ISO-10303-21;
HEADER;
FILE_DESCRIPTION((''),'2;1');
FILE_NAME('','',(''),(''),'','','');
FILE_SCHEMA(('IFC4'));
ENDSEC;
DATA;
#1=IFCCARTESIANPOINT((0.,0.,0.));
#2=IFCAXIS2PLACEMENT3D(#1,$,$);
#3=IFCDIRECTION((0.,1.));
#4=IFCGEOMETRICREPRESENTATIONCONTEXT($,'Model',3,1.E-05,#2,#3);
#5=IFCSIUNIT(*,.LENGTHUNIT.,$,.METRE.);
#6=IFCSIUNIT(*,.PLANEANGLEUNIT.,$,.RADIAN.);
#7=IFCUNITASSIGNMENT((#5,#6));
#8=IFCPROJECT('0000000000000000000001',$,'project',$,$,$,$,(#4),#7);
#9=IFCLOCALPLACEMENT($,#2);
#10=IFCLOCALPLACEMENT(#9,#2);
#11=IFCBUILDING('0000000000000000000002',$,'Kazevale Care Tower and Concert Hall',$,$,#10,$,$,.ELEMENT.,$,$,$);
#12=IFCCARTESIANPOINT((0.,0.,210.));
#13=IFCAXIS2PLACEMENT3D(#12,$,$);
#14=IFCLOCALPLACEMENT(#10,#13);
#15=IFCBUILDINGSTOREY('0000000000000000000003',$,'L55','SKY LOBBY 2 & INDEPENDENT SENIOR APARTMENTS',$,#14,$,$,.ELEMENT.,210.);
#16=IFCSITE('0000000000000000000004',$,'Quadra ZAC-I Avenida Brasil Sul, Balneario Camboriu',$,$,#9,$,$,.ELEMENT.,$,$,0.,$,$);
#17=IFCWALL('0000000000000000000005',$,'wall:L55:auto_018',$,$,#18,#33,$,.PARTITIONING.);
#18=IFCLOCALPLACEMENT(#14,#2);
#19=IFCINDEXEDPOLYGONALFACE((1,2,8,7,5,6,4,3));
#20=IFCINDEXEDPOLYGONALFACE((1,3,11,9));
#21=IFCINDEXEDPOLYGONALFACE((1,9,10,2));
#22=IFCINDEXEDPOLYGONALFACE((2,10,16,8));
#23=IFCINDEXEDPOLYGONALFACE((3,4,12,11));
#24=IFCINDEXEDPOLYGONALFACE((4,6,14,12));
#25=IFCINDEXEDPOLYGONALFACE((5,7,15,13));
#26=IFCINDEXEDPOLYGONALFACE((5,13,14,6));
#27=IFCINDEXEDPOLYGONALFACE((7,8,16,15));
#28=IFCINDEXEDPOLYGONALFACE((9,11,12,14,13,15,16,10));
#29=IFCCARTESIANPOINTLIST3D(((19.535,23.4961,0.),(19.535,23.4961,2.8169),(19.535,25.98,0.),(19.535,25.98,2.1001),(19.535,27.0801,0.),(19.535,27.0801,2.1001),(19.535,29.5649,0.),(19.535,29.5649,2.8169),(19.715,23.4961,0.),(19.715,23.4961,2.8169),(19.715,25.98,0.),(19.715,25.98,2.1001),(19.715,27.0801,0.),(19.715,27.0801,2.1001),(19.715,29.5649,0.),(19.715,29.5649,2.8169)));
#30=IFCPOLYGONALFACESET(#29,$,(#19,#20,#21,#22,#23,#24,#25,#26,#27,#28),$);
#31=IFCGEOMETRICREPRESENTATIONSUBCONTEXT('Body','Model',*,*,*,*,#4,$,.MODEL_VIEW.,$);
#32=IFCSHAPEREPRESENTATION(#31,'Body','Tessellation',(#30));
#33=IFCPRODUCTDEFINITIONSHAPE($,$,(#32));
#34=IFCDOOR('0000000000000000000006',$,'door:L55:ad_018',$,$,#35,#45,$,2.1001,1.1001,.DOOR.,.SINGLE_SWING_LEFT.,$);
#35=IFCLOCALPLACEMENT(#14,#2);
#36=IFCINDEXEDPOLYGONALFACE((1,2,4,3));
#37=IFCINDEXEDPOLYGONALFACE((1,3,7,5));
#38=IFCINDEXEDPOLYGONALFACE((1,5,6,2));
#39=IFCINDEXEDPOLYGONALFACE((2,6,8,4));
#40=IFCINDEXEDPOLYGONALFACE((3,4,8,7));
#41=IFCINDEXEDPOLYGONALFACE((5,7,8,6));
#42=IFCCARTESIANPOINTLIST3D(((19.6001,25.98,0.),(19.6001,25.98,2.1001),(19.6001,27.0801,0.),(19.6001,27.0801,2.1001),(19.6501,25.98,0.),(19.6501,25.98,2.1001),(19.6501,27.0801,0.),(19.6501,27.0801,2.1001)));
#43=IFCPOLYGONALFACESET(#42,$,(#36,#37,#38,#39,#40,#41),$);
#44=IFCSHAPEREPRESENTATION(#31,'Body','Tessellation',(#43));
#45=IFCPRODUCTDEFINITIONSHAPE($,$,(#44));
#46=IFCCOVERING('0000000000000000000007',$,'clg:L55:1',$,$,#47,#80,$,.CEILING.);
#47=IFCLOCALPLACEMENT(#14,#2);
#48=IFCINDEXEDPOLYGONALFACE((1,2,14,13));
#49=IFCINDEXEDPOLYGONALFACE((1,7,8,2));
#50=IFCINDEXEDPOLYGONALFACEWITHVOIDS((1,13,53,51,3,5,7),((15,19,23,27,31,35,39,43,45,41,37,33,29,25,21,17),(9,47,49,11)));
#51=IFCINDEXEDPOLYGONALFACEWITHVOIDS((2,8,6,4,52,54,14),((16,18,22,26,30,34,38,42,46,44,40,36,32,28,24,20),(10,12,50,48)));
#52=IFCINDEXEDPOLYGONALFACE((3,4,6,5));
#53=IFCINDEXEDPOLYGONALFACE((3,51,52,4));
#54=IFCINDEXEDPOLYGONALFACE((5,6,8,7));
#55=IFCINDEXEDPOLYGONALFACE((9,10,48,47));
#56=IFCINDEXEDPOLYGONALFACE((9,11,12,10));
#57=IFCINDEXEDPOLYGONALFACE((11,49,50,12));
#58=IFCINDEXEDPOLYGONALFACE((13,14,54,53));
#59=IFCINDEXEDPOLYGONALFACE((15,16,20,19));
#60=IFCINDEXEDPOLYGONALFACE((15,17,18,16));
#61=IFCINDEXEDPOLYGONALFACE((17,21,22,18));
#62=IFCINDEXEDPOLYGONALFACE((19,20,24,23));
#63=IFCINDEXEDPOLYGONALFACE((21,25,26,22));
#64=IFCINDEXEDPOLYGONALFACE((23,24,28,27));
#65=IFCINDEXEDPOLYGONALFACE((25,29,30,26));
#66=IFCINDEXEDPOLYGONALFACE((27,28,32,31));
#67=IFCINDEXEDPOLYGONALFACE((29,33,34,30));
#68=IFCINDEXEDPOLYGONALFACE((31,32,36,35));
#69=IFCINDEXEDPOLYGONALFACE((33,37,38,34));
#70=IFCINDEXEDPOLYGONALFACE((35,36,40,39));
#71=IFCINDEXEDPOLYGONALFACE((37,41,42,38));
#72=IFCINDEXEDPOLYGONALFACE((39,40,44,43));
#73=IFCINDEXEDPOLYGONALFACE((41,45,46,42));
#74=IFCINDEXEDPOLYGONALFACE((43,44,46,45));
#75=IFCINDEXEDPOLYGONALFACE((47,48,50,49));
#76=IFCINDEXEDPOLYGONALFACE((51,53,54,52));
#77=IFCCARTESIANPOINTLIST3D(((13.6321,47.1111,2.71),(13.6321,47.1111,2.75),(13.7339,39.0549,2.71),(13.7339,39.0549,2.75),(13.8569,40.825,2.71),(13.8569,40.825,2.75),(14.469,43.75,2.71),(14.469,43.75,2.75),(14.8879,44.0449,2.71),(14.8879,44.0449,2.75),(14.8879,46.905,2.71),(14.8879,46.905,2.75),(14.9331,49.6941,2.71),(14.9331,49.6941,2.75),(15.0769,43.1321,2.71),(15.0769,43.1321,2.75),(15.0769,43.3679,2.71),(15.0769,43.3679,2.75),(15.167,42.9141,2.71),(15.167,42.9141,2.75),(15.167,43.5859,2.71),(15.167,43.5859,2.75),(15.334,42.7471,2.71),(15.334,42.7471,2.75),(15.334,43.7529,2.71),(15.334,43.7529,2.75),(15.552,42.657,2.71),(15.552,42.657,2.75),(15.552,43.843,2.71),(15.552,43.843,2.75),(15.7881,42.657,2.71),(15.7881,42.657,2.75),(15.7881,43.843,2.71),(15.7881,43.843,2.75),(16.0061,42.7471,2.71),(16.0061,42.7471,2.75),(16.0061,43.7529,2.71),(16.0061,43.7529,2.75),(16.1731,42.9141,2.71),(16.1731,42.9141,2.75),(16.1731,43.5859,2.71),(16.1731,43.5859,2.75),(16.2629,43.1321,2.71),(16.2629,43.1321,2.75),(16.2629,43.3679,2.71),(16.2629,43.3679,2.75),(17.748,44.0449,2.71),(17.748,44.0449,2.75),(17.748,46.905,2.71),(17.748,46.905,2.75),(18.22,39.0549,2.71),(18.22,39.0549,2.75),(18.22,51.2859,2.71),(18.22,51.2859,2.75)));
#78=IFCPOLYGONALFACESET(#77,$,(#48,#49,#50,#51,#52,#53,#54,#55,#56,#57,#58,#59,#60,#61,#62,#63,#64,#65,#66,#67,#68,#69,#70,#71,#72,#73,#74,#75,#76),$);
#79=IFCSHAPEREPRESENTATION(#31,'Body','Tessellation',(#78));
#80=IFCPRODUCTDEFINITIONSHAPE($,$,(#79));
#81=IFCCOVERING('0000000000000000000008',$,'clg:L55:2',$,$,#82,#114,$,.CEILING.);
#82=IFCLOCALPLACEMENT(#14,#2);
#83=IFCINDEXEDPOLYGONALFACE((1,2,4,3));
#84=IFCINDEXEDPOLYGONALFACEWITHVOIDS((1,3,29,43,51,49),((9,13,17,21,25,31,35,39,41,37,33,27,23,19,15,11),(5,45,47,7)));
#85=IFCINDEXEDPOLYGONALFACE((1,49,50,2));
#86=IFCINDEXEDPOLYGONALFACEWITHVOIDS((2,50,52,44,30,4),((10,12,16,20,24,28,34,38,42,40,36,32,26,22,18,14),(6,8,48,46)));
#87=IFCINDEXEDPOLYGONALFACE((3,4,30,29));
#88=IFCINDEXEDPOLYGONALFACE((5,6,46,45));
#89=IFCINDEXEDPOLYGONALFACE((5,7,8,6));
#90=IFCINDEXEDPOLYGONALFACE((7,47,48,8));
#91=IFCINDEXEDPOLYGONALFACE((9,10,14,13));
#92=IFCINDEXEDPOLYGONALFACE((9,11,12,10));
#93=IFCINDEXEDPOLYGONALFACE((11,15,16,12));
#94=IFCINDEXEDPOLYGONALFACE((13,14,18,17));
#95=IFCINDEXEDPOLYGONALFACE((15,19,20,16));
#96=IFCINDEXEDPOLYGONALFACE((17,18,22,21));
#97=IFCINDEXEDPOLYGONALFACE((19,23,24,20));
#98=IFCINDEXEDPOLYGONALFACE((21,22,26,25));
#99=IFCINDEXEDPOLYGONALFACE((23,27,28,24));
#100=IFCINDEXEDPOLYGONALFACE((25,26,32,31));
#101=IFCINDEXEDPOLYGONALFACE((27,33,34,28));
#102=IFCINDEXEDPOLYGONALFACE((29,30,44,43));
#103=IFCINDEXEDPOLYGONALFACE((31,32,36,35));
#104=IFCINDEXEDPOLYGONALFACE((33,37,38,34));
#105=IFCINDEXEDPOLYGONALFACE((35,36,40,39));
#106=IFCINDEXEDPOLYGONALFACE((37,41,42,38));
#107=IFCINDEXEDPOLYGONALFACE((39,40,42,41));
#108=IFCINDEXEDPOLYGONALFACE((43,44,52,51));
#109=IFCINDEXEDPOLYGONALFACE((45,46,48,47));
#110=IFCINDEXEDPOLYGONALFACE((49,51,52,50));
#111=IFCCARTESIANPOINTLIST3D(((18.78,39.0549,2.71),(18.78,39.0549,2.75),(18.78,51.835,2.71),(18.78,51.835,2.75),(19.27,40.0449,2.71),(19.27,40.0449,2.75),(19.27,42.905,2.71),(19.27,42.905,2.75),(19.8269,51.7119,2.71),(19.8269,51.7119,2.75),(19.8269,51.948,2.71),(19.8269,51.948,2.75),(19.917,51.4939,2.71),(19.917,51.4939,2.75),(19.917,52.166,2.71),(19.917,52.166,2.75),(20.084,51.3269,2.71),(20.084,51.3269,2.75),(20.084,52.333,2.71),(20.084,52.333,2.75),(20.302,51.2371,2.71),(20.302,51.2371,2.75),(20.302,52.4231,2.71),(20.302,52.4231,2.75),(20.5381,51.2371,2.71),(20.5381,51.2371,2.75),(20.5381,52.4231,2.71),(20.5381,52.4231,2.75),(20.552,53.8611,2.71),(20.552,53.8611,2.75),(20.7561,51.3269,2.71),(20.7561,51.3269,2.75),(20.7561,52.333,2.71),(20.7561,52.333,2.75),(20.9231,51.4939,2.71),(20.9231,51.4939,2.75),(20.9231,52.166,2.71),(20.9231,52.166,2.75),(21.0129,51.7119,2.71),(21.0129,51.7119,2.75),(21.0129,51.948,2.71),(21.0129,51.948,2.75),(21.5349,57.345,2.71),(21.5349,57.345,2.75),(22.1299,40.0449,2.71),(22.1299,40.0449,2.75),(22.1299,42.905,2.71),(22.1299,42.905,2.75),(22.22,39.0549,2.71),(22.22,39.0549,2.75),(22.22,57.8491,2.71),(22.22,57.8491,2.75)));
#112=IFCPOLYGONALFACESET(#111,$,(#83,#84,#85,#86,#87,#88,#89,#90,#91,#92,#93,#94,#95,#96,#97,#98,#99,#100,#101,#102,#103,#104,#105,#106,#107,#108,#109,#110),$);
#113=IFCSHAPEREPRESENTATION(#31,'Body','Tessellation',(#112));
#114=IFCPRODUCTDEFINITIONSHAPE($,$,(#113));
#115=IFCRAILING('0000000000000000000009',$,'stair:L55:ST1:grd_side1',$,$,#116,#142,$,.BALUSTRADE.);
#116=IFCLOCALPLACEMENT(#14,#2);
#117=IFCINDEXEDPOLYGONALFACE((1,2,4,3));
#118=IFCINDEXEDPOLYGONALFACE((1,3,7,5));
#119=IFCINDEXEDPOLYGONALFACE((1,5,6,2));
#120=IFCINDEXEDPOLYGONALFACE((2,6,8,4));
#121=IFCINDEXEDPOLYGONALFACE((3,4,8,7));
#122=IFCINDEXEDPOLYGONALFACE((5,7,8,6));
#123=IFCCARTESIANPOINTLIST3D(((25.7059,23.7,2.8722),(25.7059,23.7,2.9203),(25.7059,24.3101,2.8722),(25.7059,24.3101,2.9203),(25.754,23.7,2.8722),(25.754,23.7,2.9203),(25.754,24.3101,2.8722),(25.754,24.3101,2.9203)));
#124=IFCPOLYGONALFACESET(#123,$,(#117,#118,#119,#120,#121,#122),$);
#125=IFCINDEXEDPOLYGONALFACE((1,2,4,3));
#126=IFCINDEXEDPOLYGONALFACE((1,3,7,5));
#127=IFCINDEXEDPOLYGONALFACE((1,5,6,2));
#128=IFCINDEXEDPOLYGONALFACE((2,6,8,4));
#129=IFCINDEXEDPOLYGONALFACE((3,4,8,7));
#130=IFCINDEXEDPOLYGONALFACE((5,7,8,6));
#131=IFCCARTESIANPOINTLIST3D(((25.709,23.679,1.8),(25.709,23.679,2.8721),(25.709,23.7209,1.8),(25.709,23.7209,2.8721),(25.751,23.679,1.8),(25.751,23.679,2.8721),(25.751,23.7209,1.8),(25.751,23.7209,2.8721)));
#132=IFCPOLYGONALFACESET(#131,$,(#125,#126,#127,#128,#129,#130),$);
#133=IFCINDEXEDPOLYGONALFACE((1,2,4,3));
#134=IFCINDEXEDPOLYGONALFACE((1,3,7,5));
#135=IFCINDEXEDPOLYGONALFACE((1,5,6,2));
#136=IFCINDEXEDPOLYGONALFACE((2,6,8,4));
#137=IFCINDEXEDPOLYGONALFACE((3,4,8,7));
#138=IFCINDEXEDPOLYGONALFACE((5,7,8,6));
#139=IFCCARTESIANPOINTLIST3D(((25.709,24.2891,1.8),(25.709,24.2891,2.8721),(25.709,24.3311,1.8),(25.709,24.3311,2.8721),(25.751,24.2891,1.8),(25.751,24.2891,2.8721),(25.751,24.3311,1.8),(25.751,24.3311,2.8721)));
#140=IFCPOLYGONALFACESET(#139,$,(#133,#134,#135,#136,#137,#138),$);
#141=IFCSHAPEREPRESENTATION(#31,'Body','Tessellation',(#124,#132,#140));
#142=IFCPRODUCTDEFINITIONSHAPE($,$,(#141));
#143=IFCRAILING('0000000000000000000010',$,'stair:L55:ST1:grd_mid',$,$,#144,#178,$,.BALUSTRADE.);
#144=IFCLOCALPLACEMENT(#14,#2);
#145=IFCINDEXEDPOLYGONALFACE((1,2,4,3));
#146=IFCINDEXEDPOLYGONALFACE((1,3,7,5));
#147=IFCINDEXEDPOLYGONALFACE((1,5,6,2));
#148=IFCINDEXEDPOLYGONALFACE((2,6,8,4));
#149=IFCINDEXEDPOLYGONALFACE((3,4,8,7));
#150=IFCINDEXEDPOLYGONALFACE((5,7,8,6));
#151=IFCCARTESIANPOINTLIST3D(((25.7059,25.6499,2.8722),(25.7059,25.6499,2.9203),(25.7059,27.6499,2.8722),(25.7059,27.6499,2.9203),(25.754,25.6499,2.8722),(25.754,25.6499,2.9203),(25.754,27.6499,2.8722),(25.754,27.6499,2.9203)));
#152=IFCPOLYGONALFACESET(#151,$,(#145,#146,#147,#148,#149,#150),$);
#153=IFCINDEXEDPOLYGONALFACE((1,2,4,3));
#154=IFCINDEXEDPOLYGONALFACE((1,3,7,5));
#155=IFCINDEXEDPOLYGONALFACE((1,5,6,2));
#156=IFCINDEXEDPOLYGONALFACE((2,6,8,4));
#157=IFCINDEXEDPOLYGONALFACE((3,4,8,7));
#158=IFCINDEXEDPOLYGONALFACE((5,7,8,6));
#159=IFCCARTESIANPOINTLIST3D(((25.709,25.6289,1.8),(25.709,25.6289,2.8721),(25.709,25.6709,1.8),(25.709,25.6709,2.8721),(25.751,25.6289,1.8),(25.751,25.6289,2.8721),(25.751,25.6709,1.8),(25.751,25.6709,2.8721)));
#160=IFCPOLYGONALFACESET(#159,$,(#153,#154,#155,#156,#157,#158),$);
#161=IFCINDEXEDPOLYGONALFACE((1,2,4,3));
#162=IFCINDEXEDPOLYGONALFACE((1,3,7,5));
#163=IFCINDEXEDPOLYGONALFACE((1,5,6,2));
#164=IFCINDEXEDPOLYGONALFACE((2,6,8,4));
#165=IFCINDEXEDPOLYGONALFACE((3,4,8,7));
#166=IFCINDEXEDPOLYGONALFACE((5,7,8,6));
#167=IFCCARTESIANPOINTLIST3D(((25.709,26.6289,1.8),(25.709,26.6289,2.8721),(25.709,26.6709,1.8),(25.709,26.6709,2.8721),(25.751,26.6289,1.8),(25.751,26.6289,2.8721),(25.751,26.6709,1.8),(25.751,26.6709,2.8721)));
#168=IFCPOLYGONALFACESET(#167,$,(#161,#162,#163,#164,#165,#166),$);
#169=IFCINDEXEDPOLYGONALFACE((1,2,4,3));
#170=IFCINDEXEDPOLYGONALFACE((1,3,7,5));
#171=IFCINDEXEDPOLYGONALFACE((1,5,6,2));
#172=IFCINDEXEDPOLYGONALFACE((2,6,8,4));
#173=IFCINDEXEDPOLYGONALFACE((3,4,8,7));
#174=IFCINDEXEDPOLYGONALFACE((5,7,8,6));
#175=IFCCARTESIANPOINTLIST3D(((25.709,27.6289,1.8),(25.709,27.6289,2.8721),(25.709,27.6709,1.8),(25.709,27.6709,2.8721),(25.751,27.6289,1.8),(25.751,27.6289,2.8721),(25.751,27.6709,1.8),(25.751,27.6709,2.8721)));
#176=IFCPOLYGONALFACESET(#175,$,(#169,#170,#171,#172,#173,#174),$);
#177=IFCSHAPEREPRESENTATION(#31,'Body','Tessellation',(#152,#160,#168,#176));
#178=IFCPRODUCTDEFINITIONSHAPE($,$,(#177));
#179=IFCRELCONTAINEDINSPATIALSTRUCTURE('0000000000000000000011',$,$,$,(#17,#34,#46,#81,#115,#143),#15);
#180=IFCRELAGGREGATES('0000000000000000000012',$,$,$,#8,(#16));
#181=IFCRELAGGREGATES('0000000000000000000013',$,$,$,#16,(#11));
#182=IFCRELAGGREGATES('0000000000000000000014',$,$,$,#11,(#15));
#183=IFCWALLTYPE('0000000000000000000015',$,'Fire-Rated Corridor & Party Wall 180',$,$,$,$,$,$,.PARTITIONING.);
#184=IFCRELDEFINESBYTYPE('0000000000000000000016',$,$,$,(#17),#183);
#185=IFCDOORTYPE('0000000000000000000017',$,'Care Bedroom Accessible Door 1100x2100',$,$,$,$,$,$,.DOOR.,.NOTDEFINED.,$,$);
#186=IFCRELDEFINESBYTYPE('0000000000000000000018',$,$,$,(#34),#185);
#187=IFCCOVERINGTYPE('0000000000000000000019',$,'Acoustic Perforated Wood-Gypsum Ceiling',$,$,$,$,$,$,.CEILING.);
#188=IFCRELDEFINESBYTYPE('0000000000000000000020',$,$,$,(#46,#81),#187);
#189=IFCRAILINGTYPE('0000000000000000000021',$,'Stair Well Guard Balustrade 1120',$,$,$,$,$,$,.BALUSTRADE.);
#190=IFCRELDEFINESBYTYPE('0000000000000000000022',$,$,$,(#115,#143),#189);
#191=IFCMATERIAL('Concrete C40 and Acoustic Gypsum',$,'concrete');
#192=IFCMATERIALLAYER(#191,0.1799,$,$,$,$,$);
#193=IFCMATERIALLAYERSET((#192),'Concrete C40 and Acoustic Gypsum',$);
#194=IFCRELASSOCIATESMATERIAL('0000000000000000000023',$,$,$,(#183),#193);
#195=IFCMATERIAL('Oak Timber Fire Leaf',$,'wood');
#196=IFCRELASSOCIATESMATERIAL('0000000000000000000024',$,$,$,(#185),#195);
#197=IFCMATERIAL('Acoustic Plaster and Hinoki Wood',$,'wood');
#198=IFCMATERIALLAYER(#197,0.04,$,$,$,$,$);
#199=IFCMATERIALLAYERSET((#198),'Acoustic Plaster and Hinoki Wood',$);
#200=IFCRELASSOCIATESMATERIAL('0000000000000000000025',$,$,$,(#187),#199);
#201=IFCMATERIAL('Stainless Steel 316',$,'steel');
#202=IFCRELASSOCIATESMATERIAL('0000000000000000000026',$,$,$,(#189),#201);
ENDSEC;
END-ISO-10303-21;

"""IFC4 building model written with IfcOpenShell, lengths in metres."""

from ifc_helpers import new_model, si_unit, direction, frame, frame_2d, origin, origin_2d, place, context, subcontext, project, spatial, polyline, rectangle, outline, extrude, material, layer, layer_set, type_object, element, fill, save


model = new_model("IFC4")

# Units and contexts
model_context = context("Model", 3, precision=1e-05, world=origin(), true_north=direction((0.0, 1.0)))
body_context = subcontext(model_context, "Body", "Model", "MODEL_VIEW")
ifc_project = project(units=[si_unit("LENGTHUNIT", "METRE"), si_unit("PLANEANGLEUNIT", "RADIAN")], contexts=[model_context])

# Site, building, storey
site_placement = place(None, origin())
site = spatial("IfcSite", under=ifc_project, at=site_placement, Name="Quadra ZAC-I Avenida Brasil Sul, Balneario Camboriu", CompositionType="ELEMENT", RefElevation=0.0)
building_placement = place(site_placement, origin())
building = spatial("IfcBuilding", under=site, at=building_placement, Name="Kazevale Care Tower and Concert Hall", CompositionType="ELEMENT")
storey_placement = place(building_placement, frame((0.0, 0.0, 210.0)))
storey = spatial("IfcBuildingStorey", under=building, at=storey_placement, Name="L55", Description="SKY LOBBY 2 & INDEPENDENT SENIOR APARTMENTS", CompositionType="ELEMENT", Elevation=210.0)

# Wall, opening, door
ifc_material_1 = material(Name="Concrete C40 and Acoustic Gypsum", Category="concrete")
ifc_layer_1 = layer(ifc_material_1, 0.1799)
ifc_layer_set_1 = layer_set([ifc_layer_1], Name="Concrete C40 and Acoustic Gypsum")
wall_type_1 = type_object("IfcWallType", Name="Fire-Rated Corridor & Party Wall 180", PredefinedType="PARTITIONING", material=ifc_layer_set_1)
wall_1_placement = place(storey_placement, frame((19.625, 23.4961, 0.0), z_axis=(0.0, 0.0, 1.0), x_axis=(0.0, 1.0, 0.0)))
wall_1 = element("IfcWall", 1, at=wall_1_placement, inside=storey, type_object=wall_type_1, Name="wall:L55:auto_018", PredefinedType="PARTITIONING", context=body_context, shape_type="SweptSolid", body=[
    extrude(rectangle(XDim=6.0688, YDim=0.1799, at=frame_2d((3.0344, 0.0))), origin(), (0.0, 0.0, 1.0), 2.8169),
])
opening_1_placement = place(wall_1_placement, frame((2.4839, 0.0, 0.0)))
opening_1 = element("IfcOpeningElement", 2, at=opening_1_placement, cuts=wall_1, PredefinedType="OPENING", context=body_context, shape_type="SweptSolid", body=[
    extrude(rectangle(XDim=1.1001, YDim=2.1001, at=frame_2d((0.55, 1.05))), frame((0.0, 0.0999, 0.0), z_axis=(0.0, -1.0, 0.0), x_axis=(1.0, 0.0, 0.0)), (0.0, 0.0, 1.0), 0.2),
])
ifc_material_2 = material(Name="Oak Timber Fire Leaf", Category="wood")
door_type_1 = type_object("IfcDoorType", Name="Care Bedroom Accessible Door 1100x2100", OperationType="NOTDEFINED", PredefinedType="DOOR", material=ifc_material_2)
door_1_placement = place(opening_1_placement, origin())
door_1 = element("IfcDoor", 3, at=door_1_placement, inside=storey, type_object=door_type_1, Name="door:L55:ad_018", OperationType="SINGLE_SWING_LEFT", OverallHeight=2.1001, OverallWidth=1.1001, PredefinedType="DOOR", context=body_context, shape_type="SweptSolid", body=[
    extrude(rectangle(XDim=1.1001, YDim=2.1001, at=frame_2d((0.55, 1.05))), frame((0.0, 0.0249, 0.0), z_axis=(0.0, -1.0, 0.0), x_axis=(1.0, 0.0, 0.0)), (0.0, 0.0, 1.0), 0.05),
])
fill(opening_1, door_1)

# Coverings
ifc_material_3 = material(Name="Acoustic Plaster and Hinoki Wood", Category="wood")
ifc_layer_2 = layer(ifc_material_3, 0.04)
ifc_layer_set_2 = layer_set([ifc_layer_2], Name="Acoustic Plaster and Hinoki Wood")
covering_type = type_object("IfcCoveringType", Name="Acoustic Perforated Wood-Gypsum Ceiling", PredefinedType="CEILING", material=ifc_layer_set_2)
covering_1_placement = place(storey_placement, frame((0.0, 0.0, 2.71)))
element("IfcCovering", 4, at=covering_1_placement, inside=storey, type_object=covering_type, Name="clg:L55:1", PredefinedType="CEILING", context=body_context, shape_type="SweptSolid", body=[
    extrude(outline(polyline([(13.6321, 47.1111), (14.9331, 49.6941), (18.22, 51.2859), (18.22, 39.0549), (13.7339, 39.0549), (13.8569, 40.825), (14.469, 43.75), (13.6321, 47.1111)]), holes=[polyline([(14.8879, 46.905), (14.8879, 44.0449), (17.748, 44.0449), (17.748, 46.905), (14.8879, 46.905)]), polyline([(16.2629, 43.3679), (16.1731, 43.5859), (16.0061, 43.7529), (15.7881, 43.843), (15.552, 43.843), (15.334, 43.7529), (15.167, 43.5859), (15.0769, 43.3679), (15.0769, 43.1321), (15.167, 42.9141), (15.334, 42.7471), (15.552, 42.657), (15.7881, 42.657), (16.0061, 42.7471), (16.1731, 42.9141), (16.2629, 43.1321), (16.2629, 43.3679)])]), origin(), (0.0, 0.0, 1.0), 0.04),
])
covering_2_placement = place(storey_placement, frame((0.0, 0.0, 2.71)))
element("IfcCovering", 5, at=covering_2_placement, inside=storey, type_object=covering_type, Name="clg:L55:2", PredefinedType="CEILING", context=body_context, shape_type="SweptSolid", body=[
    extrude(outline(polyline([(22.22, 57.8491), (22.22, 39.0549), (18.78, 39.0549), (18.78, 51.835), (20.552, 53.8611), (21.5349, 57.345), (22.22, 57.8491)]), holes=[polyline([(19.27, 42.905), (19.27, 40.0449), (22.1299, 40.0449), (22.1299, 42.905), (19.27, 42.905)]), polyline([(21.0129, 51.948), (20.9231, 52.166), (20.7561, 52.333), (20.5381, 52.4231), (20.302, 52.4231), (20.084, 52.333), (19.917, 52.166), (19.8269, 51.948), (19.8269, 51.7119), (19.917, 51.4939), (20.084, 51.3269), (20.302, 51.2371), (20.5381, 51.2371), (20.7561, 51.3269), (20.9231, 51.4939), (21.0129, 51.7119), (21.0129, 51.948)])]), origin(), (0.0, 0.0, 1.0), 0.04),
])

# Railings
ifc_material_4 = material(Name="Stainless Steel 316", Category="steel")
railing_type = type_object("IfcRailingType", Name="Stair Well Guard Balustrade 1120", PredefinedType="BALUSTRADE", material=ifc_material_4)
railing_1_placement = place(storey_placement, frame((25.73, 23.7, 1.8)))
element("IfcRailing", 6, at=railing_1_placement, inside=storey, type_object=railing_type, Name="stair:L55:ST1:grd_side1", PredefinedType="BALUSTRADE", context=body_context, shape_type="SweptSolid", body=[
    extrude(rectangle(XDim=0.0481, YDim=0.0481, at=origin_2d()), frame((0.0, 0.0, 1.0962), z_axis=(0.0, 1.0, 0.0), x_axis=(-1.0, 0.0, 0.0)), (0.0, 0.0, 1.0), 0.6101),
    extrude(rectangle(XDim=0.042, YDim=0.042, at=origin_2d()), origin(), (0.0, 0.0, 1.0), 1.072),
    extrude(rectangle(XDim=0.042, YDim=0.042, at=origin_2d()), frame((0.0, 0.6101, 0.0)), (0.0, 0.0, 1.0), 1.072),
])
railing_2_placement = place(storey_placement, frame((25.73, 25.6499, 1.8)))
element("IfcRailing", 7, at=railing_2_placement, inside=storey, type_object=railing_type, Name="stair:L55:ST1:grd_mid", PredefinedType="BALUSTRADE", context=body_context, shape_type="SweptSolid", body=[
    extrude(rectangle(XDim=0.0481, YDim=0.0481, at=origin_2d()), frame((0.0, 0.0, 1.0962), z_axis=(0.0, 1.0, 0.0), x_axis=(-1.0, 0.0, 0.0)), (0.0, 0.0, 1.0), 2.0),
    extrude(rectangle(XDim=0.042, YDim=0.042, at=origin_2d()), origin(), (0.0, 0.0, 1.0), 1.072),
    extrude(rectangle(XDim=0.042, YDim=0.042, at=origin_2d()), frame((0.0, 1.0, 0.0)), (0.0, 0.0, 1.0), 1.072),
    extrude(rectangle(XDim=0.042, YDim=0.042, at=origin_2d()), frame((0.0, 2.0, 0.0)), (0.0, 0.0, 1.0), 1.072),
])

save(model, "model.ifc")
